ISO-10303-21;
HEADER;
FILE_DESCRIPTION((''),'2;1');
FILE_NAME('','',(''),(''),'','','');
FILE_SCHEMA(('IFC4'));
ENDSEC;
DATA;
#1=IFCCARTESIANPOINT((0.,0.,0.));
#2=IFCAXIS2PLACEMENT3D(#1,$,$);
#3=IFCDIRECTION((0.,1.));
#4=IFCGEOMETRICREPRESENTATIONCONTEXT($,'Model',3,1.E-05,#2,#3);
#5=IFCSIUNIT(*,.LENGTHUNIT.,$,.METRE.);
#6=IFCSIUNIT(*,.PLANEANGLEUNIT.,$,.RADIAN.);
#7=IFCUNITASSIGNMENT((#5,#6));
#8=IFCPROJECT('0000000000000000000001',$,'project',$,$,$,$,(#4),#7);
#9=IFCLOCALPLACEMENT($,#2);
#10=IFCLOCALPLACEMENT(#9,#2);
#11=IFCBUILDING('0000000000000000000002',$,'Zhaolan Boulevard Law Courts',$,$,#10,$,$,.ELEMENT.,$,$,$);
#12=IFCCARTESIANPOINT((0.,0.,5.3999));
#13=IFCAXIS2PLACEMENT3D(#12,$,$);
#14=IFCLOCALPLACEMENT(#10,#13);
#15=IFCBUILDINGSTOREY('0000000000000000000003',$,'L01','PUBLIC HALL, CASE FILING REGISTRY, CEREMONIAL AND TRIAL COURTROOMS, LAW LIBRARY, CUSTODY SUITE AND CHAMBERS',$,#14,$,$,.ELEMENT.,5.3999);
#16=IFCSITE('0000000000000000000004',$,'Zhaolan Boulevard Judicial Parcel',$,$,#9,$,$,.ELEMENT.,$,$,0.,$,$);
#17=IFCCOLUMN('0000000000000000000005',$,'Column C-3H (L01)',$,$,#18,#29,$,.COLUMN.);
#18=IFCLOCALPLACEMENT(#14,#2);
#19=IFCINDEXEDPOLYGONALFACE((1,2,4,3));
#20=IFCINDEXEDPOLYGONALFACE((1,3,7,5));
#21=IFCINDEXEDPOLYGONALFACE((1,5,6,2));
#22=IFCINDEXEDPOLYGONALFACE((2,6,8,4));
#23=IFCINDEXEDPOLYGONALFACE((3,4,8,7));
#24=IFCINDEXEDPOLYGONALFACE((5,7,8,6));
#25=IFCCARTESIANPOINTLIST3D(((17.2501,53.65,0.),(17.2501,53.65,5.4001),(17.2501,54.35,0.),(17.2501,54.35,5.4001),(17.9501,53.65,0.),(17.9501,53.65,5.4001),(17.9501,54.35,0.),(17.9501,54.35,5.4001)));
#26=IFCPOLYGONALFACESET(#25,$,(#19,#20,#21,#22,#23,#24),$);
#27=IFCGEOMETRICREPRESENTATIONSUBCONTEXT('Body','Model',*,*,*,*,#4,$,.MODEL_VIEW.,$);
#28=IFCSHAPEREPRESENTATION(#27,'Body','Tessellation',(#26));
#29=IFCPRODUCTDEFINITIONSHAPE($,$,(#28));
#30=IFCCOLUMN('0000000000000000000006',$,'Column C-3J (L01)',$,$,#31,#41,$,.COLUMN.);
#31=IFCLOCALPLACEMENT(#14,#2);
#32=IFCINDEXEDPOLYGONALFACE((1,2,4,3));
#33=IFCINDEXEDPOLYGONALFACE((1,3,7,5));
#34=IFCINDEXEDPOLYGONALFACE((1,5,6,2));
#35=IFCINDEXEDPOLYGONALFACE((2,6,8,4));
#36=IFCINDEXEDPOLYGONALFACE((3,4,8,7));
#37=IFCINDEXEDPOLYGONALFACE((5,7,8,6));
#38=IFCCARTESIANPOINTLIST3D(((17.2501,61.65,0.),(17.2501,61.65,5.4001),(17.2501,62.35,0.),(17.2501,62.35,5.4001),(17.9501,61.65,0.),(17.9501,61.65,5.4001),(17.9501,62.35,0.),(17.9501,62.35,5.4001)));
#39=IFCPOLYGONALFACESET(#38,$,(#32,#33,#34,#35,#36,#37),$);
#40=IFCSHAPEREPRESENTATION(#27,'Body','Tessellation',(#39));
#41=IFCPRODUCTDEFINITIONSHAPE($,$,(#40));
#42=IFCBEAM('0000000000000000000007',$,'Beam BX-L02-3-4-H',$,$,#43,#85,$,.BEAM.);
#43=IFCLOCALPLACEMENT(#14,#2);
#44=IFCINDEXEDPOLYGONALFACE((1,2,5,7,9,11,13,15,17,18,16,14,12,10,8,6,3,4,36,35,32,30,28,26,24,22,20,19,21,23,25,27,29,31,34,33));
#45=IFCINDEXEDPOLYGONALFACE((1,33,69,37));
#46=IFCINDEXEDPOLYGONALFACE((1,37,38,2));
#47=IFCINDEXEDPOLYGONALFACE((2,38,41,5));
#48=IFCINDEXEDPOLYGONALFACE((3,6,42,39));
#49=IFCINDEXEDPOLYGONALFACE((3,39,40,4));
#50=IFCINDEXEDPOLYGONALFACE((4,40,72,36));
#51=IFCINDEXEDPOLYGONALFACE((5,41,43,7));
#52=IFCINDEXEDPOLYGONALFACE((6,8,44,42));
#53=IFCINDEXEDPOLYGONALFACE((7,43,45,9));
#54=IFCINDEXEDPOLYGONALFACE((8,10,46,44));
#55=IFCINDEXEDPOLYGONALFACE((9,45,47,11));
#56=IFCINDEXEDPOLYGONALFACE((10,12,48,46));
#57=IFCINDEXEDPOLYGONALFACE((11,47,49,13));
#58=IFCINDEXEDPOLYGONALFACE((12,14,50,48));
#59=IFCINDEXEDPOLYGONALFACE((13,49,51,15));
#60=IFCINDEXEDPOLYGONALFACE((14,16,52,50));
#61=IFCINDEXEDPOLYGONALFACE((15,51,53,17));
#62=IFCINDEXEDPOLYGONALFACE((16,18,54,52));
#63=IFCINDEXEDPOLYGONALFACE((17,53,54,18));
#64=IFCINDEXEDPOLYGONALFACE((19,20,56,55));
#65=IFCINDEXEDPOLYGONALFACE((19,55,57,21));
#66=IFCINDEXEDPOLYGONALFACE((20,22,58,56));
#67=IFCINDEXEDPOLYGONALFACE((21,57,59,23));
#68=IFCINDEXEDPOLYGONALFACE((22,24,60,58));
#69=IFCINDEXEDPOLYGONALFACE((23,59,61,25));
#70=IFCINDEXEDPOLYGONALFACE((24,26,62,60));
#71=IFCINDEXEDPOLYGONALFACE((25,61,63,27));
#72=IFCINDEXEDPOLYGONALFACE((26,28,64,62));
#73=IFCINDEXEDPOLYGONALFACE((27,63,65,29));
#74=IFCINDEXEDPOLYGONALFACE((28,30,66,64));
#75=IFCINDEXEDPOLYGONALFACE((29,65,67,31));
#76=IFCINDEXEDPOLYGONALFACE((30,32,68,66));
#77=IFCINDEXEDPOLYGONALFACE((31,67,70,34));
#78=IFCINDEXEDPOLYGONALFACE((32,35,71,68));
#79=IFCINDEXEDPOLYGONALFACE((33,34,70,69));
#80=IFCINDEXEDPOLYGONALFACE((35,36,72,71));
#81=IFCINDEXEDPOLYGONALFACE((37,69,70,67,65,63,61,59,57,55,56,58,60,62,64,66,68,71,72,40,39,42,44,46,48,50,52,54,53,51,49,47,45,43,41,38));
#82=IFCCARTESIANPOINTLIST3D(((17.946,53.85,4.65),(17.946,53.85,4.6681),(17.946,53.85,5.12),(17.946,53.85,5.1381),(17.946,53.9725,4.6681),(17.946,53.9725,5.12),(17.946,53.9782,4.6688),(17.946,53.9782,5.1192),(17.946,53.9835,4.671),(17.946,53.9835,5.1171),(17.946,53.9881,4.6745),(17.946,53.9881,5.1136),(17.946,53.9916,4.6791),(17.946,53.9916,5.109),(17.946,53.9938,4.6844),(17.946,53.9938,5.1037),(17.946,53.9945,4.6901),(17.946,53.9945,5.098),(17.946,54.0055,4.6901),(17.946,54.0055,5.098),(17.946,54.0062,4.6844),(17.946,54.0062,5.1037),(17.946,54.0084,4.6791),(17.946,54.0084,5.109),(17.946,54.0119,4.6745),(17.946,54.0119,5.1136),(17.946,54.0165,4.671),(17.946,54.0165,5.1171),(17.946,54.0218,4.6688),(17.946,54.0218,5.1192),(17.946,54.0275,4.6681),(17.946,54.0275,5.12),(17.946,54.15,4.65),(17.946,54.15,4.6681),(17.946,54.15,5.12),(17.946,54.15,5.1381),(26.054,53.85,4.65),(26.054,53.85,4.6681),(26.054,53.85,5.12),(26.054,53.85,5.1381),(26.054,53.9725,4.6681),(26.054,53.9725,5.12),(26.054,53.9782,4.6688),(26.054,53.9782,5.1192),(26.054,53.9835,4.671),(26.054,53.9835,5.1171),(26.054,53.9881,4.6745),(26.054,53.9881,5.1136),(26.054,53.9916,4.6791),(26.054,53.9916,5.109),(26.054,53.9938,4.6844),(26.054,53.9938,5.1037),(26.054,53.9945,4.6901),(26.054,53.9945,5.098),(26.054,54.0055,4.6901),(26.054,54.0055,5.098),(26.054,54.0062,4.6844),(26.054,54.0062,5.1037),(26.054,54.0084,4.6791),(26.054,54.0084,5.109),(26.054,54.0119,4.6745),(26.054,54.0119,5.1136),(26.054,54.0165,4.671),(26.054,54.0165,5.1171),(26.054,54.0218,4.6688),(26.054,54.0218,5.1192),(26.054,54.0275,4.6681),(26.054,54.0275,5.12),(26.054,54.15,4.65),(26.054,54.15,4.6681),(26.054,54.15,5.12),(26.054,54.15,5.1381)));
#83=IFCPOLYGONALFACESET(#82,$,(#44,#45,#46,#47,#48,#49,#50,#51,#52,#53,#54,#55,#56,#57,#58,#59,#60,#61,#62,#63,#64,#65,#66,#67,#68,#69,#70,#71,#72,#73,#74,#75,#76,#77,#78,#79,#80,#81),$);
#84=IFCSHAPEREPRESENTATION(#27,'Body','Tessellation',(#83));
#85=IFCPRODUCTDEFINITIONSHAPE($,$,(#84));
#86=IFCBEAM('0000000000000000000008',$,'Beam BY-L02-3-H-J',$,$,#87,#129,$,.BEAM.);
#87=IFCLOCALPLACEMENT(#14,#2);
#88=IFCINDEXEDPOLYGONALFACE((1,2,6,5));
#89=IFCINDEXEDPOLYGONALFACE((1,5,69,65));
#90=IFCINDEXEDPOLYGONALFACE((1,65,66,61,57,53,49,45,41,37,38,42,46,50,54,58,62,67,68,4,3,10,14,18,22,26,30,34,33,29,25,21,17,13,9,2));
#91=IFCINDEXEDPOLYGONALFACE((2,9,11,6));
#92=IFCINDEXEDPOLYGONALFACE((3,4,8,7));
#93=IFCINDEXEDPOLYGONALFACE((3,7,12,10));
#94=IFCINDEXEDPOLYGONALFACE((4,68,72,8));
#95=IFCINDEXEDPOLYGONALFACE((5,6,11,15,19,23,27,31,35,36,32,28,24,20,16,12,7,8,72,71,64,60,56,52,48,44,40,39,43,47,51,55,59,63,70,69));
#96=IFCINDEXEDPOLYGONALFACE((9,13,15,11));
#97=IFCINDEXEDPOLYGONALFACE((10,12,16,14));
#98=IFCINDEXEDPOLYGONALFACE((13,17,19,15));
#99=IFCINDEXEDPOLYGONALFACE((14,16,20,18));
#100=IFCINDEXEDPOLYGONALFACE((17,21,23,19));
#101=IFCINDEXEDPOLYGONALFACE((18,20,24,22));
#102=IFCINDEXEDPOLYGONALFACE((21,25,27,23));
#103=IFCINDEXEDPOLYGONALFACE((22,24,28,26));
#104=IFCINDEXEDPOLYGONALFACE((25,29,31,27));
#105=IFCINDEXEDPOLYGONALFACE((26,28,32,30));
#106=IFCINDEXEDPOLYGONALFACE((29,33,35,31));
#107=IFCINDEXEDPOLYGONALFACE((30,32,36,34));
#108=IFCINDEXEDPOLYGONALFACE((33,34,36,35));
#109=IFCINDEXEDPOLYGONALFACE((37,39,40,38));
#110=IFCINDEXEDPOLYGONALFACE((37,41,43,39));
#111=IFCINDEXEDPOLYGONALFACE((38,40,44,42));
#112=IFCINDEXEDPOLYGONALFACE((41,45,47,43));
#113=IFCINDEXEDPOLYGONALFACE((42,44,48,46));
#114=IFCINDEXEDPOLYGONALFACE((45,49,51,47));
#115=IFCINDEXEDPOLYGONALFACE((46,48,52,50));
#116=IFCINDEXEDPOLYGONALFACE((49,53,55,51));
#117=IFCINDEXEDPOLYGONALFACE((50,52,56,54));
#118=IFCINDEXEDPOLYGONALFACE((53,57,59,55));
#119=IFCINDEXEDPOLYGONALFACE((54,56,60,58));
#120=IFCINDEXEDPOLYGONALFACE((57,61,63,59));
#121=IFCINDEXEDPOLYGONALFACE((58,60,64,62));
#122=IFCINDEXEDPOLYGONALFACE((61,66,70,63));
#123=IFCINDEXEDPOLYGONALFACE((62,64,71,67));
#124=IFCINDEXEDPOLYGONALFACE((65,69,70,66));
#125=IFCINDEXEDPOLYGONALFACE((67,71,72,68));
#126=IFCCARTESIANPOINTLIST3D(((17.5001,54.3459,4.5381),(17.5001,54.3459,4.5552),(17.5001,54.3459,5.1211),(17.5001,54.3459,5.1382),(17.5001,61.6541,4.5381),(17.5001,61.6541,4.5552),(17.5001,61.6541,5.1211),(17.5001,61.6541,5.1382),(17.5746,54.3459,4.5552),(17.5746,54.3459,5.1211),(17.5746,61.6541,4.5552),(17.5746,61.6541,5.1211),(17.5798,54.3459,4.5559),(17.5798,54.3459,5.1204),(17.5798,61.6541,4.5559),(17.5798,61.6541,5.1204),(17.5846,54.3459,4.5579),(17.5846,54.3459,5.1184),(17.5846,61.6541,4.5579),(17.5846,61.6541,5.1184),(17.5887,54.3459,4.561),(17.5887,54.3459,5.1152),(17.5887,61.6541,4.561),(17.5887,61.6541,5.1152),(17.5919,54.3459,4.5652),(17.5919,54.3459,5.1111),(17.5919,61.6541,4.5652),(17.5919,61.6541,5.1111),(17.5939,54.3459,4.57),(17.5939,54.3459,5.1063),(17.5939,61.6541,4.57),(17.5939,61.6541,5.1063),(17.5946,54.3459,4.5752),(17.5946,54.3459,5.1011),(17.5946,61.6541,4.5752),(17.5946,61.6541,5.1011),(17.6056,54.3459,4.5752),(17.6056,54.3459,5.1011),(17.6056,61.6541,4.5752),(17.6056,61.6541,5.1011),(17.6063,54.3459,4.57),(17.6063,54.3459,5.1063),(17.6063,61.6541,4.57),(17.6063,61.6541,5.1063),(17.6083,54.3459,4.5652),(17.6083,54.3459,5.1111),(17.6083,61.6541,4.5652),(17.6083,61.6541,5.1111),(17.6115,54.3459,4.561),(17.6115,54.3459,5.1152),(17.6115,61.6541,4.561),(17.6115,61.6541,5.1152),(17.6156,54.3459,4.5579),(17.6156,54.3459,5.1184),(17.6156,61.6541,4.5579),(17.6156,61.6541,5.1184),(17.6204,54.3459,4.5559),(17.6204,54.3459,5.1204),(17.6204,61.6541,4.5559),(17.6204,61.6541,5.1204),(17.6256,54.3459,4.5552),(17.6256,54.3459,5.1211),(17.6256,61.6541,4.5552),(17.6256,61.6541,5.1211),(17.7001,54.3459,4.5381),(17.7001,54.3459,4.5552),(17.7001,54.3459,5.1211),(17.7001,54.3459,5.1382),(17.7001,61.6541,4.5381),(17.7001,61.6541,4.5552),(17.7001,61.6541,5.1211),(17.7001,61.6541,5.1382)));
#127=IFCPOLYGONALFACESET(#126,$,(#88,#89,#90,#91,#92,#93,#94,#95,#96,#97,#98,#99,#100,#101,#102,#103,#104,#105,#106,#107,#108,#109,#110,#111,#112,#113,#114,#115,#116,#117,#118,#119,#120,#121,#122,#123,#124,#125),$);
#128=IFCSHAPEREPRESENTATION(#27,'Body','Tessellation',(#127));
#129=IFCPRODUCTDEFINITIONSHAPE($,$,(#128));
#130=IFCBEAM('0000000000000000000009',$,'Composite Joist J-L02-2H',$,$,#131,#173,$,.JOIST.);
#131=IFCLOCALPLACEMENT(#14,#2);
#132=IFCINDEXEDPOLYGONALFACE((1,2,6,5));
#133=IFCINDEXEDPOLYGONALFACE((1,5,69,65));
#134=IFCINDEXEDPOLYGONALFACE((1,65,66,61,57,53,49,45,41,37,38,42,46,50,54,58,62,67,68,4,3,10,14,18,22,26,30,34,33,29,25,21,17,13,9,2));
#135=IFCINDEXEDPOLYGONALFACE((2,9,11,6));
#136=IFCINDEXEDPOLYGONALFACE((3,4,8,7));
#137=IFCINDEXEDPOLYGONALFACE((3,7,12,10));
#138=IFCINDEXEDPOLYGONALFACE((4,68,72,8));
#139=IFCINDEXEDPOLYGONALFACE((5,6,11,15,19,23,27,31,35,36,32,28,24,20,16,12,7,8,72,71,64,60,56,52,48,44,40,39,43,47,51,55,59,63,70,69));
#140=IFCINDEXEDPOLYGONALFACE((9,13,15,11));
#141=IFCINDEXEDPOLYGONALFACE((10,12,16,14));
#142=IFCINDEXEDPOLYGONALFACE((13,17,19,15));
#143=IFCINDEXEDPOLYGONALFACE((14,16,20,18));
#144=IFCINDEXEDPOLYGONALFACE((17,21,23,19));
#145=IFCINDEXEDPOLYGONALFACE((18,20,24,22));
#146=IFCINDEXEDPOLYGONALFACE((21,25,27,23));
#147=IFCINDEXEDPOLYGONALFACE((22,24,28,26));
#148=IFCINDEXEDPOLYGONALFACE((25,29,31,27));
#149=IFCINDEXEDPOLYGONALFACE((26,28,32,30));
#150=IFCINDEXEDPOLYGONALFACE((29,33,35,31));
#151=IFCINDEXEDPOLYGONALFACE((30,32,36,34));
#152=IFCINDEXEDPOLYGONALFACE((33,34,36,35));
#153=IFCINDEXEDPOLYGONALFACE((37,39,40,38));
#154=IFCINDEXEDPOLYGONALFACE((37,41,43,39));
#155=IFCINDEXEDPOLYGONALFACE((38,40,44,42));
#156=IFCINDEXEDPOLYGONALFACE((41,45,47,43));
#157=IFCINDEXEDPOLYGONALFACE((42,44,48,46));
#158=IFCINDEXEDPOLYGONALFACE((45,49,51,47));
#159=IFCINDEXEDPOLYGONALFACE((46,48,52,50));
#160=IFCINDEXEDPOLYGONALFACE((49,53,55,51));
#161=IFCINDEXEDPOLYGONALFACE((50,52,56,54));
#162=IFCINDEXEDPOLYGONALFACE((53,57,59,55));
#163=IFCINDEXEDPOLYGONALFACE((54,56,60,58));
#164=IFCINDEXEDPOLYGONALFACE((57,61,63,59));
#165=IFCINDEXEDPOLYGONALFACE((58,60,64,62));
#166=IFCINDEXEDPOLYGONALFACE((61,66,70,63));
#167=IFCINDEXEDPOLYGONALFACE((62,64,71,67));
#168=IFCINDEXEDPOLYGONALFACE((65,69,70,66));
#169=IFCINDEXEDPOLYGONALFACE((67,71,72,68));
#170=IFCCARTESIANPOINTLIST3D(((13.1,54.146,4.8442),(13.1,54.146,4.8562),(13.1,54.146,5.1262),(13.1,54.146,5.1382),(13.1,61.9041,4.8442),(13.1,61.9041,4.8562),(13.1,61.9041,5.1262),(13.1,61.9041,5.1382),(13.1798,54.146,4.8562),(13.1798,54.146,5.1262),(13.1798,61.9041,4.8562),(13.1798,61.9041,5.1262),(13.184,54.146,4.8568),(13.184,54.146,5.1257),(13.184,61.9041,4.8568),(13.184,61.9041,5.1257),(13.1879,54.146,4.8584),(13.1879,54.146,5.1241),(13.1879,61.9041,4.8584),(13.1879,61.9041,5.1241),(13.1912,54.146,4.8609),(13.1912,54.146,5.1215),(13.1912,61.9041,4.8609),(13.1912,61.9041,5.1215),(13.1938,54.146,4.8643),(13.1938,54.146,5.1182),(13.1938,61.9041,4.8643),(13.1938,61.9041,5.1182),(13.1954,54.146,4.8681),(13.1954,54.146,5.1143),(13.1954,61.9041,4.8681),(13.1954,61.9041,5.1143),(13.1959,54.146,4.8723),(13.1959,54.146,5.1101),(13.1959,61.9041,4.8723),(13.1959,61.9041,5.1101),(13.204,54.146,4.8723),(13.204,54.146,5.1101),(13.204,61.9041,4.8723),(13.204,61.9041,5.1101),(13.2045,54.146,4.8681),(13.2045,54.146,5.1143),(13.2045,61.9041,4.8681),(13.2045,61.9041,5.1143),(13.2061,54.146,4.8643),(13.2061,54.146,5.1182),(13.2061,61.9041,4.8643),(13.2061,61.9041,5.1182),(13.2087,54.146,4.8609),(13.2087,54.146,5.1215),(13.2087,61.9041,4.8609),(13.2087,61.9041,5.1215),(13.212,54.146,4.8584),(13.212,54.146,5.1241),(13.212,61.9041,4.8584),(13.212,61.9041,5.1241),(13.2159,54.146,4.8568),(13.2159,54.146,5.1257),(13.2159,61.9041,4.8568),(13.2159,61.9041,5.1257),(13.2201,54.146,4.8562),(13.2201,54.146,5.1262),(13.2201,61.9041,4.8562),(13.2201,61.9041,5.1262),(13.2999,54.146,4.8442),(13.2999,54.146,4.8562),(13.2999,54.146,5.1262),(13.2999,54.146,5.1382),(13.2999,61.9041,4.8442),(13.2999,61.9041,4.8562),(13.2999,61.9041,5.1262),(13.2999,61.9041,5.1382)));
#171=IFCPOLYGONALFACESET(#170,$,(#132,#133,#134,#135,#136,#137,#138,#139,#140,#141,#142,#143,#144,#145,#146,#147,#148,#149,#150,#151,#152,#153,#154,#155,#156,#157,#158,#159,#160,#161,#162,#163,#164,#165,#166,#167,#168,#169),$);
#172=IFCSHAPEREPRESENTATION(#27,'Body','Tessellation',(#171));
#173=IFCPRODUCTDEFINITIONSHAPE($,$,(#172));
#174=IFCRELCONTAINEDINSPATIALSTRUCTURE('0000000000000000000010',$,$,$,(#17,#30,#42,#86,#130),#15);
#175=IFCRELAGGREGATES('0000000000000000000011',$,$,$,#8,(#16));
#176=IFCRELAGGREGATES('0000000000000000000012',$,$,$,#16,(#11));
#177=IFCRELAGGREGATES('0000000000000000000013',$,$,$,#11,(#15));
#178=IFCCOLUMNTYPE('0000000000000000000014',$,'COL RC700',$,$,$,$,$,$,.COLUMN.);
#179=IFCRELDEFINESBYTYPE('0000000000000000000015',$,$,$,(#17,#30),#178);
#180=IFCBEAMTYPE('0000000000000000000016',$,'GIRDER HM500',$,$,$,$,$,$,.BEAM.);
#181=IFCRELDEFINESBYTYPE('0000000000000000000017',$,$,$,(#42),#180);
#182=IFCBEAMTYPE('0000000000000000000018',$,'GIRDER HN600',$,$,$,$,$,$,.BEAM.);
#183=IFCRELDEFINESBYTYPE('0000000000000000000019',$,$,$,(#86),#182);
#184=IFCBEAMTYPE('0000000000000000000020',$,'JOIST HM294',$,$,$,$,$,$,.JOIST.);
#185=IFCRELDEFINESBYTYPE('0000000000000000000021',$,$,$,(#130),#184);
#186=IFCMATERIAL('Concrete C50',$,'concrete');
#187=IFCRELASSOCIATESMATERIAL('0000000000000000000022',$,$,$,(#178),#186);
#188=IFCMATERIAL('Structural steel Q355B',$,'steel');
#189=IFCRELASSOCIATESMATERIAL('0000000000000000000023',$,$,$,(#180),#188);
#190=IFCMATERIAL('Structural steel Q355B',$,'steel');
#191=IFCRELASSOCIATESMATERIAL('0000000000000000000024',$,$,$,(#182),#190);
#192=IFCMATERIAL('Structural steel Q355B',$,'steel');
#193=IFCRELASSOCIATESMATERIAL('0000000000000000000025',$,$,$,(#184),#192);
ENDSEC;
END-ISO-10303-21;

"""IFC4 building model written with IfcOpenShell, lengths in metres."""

from ifc_helpers import new_model, si_unit, direction, frame, origin, origin_2d, place, context, subcontext, project, spatial, rectangle, i_section, extrude, material, material_profile, profile_set, type_object, element, save


model = new_model("IFC4")

# Units and contexts
model_context = context("Model", 3, precision=1e-05, world=origin(), true_north=direction((0.0, 1.0)))
body_context = subcontext(model_context, "Body", "Model", "MODEL_VIEW")
ifc_project = project(units=[si_unit("LENGTHUNIT", "METRE"), si_unit("PLANEANGLEUNIT", "RADIAN")], contexts=[model_context])

# Site, building, storey
site_placement = place(None, origin())
site = spatial("IfcSite", under=ifc_project, at=site_placement, Name="Zhaolan Boulevard Judicial Parcel", CompositionType="ELEMENT", RefElevation=0.0)
building_placement = place(site_placement, origin())
building = spatial("IfcBuilding", under=site, at=building_placement, Name="Zhaolan Boulevard Law Courts", CompositionType="ELEMENT")
storey_placement = place(building_placement, frame((0.0, 0.0, 5.3999)))
storey = spatial("IfcBuildingStorey", under=building, at=storey_placement, Name="L01", Description="PUBLIC HALL, CASE FILING REGISTRY, CEREMONIAL AND TRIAL COURTROOMS, LAW LIBRARY, CUSTODY SUITE AND CHAMBERS", CompositionType="ELEMENT", Elevation=5.3999)

# Columns
ifc_material_1 = material(Name="Concrete C50", Category="concrete")
ifc_material_profile_1 = material_profile(ifc_material_1, rectangle(XDim=0.7, YDim=0.7, at=origin_2d()), Name="RC700x700")
ifc_profile_set_1 = profile_set([ifc_material_profile_1], Name="Concrete C50")
column_type = type_object("IfcColumnType", Name="COL RC700", PredefinedType="COLUMN", material=ifc_profile_set_1)
for number, where, z_axis, x_axis, name in (
    (1, (17.6001, 54.0, 0.0), (0.0, 0.0, 1.0), (1.0, 0.0, 0.0), "Column C-3H (L01)"),
    (2, (17.6001, 62.0, 0.0), (0.0, 0.0, 1.0), (1.0, 0.0, 0.0), "Column C-3J (L01)"),
):
    element("IfcColumn", number, at=place(storey_placement, frame(where, z_axis=z_axis, x_axis=x_axis)), inside=storey, type_object=column_type, Name=name, PredefinedType="COLUMN", context=body_context, shape_type="SweptSolid", body=[
        extrude(rectangle(XDim=0.7, YDim=0.7, at=origin_2d()), origin(), (0.0, 0.0, 1.0), 5.4001),
    ])

# Beams
ifc_material_2 = material(Name="Structural steel Q355B", Category="steel")
ifc_material_profile_2 = material_profile(ifc_material_2, i_section(OverallWidth=0.3, OverallDepth=0.488, WebThickness=0.011, FlangeThickness=0.0181, FilletRadius=0.022, at=origin_2d()), Name="HM488x300")
ifc_profile_set_2 = profile_set([ifc_material_profile_2], Name="Structural steel Q355B")
beam_type_1 = type_object("IfcBeamType", Name="GIRDER HM500", PredefinedType="BEAM", material=ifc_profile_set_2)
beam_1_placement = place(storey_placement, frame((17.946, 54.0, 4.894), z_axis=(1.0, 0.0, 0.0), x_axis=(0.0, 1.0, 0.0)))
element("IfcBeam", 3, at=beam_1_placement, inside=storey, type_object=beam_type_1, Name="Beam BX-L02-3-4-H", PredefinedType="BEAM", context=body_context, shape_type="SweptSolid", body=[
    extrude(i_section(OverallWidth=0.3, OverallDepth=0.488, WebThickness=0.011, FlangeThickness=0.0181, FilletRadius=0.022, at=origin_2d()), origin(), (0.0, 0.0, 1.0), 8.1079),
])
ifc_material_3 = material(Name="Structural steel Q355B", Category="steel")
ifc_material_profile_3 = material_profile(ifc_material_3, i_section(OverallWidth=0.2, OverallDepth=0.6001, WebThickness=0.011, FlangeThickness=0.0171, FilletRadius=0.02, at=origin_2d()), Name="HN600x200")
ifc_profile_set_3 = profile_set([ifc_material_profile_3], Name="Structural steel Q355B")
beam_type_2 = type_object("IfcBeamType", Name="GIRDER HN600", PredefinedType="BEAM", material=ifc_profile_set_3)
beam_2_placement = place(storey_placement, frame((17.6001, 54.3459, 4.8381), z_axis=(0.0, 1.0, 0.0), x_axis=(-1.0, 0.0, 0.0)))
element("IfcBeam", 4, at=beam_2_placement, inside=storey, type_object=beam_type_2, Name="Beam BY-L02-3-H-J", PredefinedType="BEAM", context=body_context, shape_type="SweptSolid", body=[
    extrude(i_section(OverallWidth=0.2, OverallDepth=0.6001, WebThickness=0.011, FlangeThickness=0.0171, FilletRadius=0.02, at=origin_2d()), origin(), (0.0, 0.0, 1.0), 7.3081),
])
ifc_material_4 = material(Name="Structural steel Q355B", Category="steel")
ifc_material_profile_4 = material_profile(ifc_material_4, i_section(OverallWidth=0.2, OverallDepth=0.2939, WebThickness=0.0081, FlangeThickness=0.012, FilletRadius=0.0161, at=origin_2d()), Name="HM294x200")
ifc_profile_set_4 = profile_set([ifc_material_profile_4], Name="Structural steel Q355B")
beam_type_3 = type_object("IfcBeamType", Name="JOIST HM294", PredefinedType="JOIST", material=ifc_profile_set_4)
beam_3_placement = place(storey_placement, frame((13.2, 54.146, 4.9912), z_axis=(0.0, 1.0, 0.0), x_axis=(-1.0, 0.0, 0.0)))
element("IfcBeam", 5, at=beam_3_placement, inside=storey, type_object=beam_type_3, Name="Composite Joist J-L02-2H", PredefinedType="JOIST", context=body_context, shape_type="SweptSolid", body=[
    extrude(i_section(OverallWidth=0.2, OverallDepth=0.2939, WebThickness=0.0081, FlangeThickness=0.012, FilletRadius=0.0161, at=origin_2d()), origin(), (0.0, 0.0, 1.0), 7.7581),
])

save(model, "model.ifc")
